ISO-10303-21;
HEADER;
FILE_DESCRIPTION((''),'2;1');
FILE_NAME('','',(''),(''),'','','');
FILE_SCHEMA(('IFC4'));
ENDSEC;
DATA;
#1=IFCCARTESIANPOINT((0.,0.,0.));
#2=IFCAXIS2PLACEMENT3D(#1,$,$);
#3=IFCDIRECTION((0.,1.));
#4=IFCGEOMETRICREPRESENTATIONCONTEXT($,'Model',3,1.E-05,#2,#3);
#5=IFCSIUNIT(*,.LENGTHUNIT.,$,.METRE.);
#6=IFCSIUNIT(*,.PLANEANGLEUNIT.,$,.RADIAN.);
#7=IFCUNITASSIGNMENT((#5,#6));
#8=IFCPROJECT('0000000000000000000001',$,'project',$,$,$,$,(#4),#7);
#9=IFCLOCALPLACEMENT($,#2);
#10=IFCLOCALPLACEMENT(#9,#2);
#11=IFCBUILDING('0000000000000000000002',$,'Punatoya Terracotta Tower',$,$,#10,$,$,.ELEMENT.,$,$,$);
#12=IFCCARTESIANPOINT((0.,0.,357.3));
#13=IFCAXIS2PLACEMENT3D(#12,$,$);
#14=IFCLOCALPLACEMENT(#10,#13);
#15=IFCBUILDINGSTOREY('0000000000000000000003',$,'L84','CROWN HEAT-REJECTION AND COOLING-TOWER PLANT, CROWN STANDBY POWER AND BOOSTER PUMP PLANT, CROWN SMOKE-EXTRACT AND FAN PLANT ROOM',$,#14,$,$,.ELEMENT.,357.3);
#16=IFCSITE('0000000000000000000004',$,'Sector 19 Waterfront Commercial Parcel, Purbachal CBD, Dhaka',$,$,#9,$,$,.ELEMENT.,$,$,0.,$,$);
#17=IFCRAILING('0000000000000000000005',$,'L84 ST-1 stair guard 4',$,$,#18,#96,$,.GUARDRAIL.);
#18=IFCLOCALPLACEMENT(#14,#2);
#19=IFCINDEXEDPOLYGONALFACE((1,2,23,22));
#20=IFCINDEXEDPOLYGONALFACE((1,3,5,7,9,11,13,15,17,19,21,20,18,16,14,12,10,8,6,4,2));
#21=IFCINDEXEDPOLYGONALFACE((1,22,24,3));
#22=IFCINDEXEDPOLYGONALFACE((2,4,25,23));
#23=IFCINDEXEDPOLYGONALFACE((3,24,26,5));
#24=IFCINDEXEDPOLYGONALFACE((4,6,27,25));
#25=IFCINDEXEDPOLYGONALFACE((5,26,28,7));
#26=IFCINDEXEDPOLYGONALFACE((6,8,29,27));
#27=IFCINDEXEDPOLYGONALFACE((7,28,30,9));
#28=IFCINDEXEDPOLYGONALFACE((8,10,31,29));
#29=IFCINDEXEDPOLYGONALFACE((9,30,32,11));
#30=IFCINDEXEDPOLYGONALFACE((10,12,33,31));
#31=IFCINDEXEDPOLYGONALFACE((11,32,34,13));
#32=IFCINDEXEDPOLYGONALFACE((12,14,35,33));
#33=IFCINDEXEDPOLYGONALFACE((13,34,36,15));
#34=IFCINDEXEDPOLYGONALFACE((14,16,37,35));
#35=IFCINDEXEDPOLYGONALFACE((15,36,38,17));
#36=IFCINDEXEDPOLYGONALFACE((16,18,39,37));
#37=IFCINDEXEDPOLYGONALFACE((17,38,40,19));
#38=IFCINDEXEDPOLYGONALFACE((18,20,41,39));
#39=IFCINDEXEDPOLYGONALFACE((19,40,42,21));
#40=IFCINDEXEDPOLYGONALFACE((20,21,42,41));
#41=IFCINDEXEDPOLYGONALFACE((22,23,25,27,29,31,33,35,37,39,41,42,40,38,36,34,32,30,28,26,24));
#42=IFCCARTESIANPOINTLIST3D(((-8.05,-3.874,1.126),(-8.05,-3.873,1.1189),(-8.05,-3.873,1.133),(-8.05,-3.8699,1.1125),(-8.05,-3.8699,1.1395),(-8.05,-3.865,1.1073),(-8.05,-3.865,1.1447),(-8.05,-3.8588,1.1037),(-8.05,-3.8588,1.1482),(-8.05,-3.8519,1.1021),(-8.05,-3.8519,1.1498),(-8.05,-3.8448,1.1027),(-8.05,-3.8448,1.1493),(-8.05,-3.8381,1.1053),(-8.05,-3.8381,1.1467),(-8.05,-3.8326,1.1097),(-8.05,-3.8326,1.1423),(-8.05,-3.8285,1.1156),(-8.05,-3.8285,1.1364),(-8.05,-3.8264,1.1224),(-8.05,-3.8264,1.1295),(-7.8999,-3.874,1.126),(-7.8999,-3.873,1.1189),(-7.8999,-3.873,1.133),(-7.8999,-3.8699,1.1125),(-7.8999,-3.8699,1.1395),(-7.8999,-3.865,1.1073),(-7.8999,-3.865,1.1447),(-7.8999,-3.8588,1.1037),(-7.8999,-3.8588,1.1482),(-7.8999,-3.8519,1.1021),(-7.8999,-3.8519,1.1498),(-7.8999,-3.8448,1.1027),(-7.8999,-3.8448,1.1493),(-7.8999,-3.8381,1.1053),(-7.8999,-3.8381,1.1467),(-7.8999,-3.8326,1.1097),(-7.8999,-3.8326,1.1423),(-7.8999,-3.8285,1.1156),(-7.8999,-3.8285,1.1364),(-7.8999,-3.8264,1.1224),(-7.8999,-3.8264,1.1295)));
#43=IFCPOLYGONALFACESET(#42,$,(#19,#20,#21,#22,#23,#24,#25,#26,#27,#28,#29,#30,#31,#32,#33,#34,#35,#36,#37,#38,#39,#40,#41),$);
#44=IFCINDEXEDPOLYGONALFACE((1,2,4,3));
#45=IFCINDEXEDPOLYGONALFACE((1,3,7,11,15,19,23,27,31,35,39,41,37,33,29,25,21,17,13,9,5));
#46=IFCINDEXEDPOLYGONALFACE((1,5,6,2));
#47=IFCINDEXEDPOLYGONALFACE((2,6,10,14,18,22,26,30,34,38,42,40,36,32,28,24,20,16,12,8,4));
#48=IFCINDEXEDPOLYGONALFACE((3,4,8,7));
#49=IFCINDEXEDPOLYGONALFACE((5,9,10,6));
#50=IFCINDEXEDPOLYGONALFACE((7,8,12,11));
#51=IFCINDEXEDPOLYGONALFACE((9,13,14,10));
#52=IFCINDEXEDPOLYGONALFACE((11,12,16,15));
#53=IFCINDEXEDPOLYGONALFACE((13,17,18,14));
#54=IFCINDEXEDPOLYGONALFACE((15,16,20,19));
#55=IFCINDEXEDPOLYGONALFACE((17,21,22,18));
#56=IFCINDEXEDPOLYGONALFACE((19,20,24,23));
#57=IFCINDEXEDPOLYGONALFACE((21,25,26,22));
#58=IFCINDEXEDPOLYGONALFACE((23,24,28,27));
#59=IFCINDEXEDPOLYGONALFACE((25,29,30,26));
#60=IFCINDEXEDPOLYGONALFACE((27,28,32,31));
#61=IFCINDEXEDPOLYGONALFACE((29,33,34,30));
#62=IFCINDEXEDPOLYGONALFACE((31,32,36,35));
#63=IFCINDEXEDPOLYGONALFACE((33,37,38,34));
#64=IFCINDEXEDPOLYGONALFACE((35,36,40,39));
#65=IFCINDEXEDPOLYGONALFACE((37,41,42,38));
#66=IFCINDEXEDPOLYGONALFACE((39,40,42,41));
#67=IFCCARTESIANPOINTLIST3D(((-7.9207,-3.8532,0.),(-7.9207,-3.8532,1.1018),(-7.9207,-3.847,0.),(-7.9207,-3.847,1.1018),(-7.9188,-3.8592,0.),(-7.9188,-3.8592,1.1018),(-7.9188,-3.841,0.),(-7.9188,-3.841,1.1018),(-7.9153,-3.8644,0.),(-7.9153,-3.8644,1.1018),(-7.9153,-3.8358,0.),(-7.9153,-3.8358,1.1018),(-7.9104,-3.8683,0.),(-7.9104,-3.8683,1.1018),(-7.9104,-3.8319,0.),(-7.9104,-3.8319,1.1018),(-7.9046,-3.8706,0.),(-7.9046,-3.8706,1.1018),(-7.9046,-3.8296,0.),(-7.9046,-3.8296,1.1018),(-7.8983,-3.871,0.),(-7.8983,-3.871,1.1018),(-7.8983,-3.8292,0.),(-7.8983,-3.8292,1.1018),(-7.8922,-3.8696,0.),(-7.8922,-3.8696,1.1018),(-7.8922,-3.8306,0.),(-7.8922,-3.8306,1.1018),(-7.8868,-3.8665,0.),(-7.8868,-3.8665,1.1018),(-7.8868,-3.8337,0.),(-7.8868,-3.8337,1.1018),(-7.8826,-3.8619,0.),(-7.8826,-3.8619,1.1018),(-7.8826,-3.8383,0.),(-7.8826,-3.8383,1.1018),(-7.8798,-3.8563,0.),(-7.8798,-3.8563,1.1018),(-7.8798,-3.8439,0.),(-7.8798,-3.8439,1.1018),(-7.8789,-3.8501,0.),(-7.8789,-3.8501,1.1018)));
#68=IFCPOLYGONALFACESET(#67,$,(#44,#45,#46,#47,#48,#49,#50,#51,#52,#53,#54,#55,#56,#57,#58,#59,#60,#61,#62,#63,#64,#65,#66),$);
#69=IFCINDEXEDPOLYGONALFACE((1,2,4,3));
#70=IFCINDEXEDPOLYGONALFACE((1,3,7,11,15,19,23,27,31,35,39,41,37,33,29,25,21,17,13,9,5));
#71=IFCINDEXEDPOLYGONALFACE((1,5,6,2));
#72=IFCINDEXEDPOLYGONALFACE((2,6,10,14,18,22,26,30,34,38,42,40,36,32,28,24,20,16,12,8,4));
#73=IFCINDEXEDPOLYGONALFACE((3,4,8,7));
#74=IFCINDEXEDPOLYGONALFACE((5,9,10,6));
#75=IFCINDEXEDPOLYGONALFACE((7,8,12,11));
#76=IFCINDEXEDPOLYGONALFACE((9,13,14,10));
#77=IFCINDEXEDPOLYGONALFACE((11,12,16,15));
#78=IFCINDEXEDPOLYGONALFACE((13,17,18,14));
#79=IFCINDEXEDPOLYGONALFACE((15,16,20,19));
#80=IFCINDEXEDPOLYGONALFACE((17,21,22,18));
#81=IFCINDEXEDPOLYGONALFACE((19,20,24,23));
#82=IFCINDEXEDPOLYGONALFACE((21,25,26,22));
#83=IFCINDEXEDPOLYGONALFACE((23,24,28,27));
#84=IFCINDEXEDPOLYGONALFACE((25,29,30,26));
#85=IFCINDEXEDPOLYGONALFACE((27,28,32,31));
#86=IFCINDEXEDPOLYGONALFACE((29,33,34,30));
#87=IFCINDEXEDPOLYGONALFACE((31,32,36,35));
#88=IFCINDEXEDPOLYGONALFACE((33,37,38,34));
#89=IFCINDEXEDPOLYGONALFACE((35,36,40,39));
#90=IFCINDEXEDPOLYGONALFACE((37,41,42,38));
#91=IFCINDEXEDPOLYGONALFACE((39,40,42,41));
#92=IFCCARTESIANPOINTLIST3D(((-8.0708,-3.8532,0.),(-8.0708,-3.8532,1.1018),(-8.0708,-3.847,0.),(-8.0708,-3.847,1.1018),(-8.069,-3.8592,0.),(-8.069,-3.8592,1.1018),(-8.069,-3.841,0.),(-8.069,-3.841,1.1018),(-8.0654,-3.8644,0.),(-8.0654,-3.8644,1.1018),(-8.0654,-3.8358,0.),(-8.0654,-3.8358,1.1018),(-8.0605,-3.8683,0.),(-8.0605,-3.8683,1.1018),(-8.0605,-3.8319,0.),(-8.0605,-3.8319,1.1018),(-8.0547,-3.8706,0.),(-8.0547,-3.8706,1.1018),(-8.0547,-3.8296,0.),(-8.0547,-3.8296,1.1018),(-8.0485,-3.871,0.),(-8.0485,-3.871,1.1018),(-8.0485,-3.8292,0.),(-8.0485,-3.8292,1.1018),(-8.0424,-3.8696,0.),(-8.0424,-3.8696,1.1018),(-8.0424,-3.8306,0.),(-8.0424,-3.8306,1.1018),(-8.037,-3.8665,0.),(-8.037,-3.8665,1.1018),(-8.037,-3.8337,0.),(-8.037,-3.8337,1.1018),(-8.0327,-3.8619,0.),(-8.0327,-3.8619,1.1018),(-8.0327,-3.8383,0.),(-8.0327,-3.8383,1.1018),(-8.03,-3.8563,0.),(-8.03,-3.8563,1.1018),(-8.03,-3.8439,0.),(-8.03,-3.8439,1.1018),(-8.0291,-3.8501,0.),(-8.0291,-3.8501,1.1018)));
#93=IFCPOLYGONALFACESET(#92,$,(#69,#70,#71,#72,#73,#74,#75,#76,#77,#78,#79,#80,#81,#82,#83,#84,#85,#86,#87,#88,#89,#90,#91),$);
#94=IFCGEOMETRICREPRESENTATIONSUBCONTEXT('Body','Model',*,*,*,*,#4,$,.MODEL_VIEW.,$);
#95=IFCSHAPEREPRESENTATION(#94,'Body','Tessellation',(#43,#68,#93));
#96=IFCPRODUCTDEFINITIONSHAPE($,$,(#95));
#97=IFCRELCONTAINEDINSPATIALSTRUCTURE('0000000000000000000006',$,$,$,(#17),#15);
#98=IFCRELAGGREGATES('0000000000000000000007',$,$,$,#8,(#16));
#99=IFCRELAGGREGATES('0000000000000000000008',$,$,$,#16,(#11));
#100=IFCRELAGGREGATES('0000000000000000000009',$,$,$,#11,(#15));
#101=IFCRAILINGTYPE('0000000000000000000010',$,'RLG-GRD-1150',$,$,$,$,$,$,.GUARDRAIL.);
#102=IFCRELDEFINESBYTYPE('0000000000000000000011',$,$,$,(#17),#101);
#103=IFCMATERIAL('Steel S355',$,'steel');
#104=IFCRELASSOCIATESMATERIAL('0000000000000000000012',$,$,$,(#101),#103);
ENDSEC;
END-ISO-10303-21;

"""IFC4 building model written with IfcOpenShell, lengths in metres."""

from ifc_helpers import new_model, si_unit, direction, frame, origin, origin_2d, place, context, subcontext, project, spatial, circle, extrude, material, type_object, element, save


model = new_model("IFC4")

# Units and contexts
model_context = context("Model", 3, precision=1e-05, world=origin(), true_north=direction((0.0, 1.0)))
body_context = subcontext(model_context, "Body", "Model", "MODEL_VIEW")
ifc_project = project(units=[si_unit("LENGTHUNIT", "METRE"), si_unit("PLANEANGLEUNIT", "RADIAN")], contexts=[model_context])

# Site, building, storey
site_placement = place(None, origin())
site = spatial("IfcSite", under=ifc_project, at=site_placement, Name="Sector 19 Waterfront Commercial Parcel, Purbachal CBD, Dhaka", CompositionType="ELEMENT", RefElevation=0.0)
building_placement = place(site_placement, origin())
building = spatial("IfcBuilding", under=site, at=building_placement, Name="Punatoya Terracotta Tower", CompositionType="ELEMENT")
storey_placement = place(building_placement, frame((0.0, 0.0, 357.3)))
storey = spatial("IfcBuildingStorey", under=building, at=storey_placement, Name="L84", Description="CROWN HEAT-REJECTION AND COOLING-TOWER PLANT, CROWN STANDBY POWER AND BOOSTER PUMP PLANT, CROWN SMOKE-EXTRACT AND FAN PLANT ROOM", CompositionType="ELEMENT", Elevation=357.3)

# Railing
ifc_material_1 = material(Name="Steel S355", Category="steel")
railing_type_1 = type_object("IfcRailingType", Name="RLG-GRD-1150", PredefinedType="GUARDRAIL", material=ifc_material_1)
railing_1_placement = place(storey_placement, frame((-7.8999, -3.8501, 0.0)))
element("IfcRailing", 1, at=railing_1_placement, inside=storey, type_object=railing_type_1, Name="L84 ST-1 stair guard 4", PredefinedType="GUARDRAIL", context=body_context, shape_type="SweptSolid", body=[
    extrude(circle(Radius=0.0239, at=origin_2d()), frame((0.0, 0.0, 1.126), z_axis=(-1.0, 0.0, 0.0), x_axis=(0.0, -1.0, 0.0)), (0.0, 0.0, 1.0), 0.1501),
    extrude(circle(Radius=0.021, at=origin_2d()), origin(), (0.0, 0.0, 1.0), 1.1018),
    extrude(circle(Radius=0.021, at=origin_2d()), frame((-0.1501, 0.0, 0.0)), (0.0, 0.0, 1.0), 1.1018),
])

save(model, "model.ifc")
